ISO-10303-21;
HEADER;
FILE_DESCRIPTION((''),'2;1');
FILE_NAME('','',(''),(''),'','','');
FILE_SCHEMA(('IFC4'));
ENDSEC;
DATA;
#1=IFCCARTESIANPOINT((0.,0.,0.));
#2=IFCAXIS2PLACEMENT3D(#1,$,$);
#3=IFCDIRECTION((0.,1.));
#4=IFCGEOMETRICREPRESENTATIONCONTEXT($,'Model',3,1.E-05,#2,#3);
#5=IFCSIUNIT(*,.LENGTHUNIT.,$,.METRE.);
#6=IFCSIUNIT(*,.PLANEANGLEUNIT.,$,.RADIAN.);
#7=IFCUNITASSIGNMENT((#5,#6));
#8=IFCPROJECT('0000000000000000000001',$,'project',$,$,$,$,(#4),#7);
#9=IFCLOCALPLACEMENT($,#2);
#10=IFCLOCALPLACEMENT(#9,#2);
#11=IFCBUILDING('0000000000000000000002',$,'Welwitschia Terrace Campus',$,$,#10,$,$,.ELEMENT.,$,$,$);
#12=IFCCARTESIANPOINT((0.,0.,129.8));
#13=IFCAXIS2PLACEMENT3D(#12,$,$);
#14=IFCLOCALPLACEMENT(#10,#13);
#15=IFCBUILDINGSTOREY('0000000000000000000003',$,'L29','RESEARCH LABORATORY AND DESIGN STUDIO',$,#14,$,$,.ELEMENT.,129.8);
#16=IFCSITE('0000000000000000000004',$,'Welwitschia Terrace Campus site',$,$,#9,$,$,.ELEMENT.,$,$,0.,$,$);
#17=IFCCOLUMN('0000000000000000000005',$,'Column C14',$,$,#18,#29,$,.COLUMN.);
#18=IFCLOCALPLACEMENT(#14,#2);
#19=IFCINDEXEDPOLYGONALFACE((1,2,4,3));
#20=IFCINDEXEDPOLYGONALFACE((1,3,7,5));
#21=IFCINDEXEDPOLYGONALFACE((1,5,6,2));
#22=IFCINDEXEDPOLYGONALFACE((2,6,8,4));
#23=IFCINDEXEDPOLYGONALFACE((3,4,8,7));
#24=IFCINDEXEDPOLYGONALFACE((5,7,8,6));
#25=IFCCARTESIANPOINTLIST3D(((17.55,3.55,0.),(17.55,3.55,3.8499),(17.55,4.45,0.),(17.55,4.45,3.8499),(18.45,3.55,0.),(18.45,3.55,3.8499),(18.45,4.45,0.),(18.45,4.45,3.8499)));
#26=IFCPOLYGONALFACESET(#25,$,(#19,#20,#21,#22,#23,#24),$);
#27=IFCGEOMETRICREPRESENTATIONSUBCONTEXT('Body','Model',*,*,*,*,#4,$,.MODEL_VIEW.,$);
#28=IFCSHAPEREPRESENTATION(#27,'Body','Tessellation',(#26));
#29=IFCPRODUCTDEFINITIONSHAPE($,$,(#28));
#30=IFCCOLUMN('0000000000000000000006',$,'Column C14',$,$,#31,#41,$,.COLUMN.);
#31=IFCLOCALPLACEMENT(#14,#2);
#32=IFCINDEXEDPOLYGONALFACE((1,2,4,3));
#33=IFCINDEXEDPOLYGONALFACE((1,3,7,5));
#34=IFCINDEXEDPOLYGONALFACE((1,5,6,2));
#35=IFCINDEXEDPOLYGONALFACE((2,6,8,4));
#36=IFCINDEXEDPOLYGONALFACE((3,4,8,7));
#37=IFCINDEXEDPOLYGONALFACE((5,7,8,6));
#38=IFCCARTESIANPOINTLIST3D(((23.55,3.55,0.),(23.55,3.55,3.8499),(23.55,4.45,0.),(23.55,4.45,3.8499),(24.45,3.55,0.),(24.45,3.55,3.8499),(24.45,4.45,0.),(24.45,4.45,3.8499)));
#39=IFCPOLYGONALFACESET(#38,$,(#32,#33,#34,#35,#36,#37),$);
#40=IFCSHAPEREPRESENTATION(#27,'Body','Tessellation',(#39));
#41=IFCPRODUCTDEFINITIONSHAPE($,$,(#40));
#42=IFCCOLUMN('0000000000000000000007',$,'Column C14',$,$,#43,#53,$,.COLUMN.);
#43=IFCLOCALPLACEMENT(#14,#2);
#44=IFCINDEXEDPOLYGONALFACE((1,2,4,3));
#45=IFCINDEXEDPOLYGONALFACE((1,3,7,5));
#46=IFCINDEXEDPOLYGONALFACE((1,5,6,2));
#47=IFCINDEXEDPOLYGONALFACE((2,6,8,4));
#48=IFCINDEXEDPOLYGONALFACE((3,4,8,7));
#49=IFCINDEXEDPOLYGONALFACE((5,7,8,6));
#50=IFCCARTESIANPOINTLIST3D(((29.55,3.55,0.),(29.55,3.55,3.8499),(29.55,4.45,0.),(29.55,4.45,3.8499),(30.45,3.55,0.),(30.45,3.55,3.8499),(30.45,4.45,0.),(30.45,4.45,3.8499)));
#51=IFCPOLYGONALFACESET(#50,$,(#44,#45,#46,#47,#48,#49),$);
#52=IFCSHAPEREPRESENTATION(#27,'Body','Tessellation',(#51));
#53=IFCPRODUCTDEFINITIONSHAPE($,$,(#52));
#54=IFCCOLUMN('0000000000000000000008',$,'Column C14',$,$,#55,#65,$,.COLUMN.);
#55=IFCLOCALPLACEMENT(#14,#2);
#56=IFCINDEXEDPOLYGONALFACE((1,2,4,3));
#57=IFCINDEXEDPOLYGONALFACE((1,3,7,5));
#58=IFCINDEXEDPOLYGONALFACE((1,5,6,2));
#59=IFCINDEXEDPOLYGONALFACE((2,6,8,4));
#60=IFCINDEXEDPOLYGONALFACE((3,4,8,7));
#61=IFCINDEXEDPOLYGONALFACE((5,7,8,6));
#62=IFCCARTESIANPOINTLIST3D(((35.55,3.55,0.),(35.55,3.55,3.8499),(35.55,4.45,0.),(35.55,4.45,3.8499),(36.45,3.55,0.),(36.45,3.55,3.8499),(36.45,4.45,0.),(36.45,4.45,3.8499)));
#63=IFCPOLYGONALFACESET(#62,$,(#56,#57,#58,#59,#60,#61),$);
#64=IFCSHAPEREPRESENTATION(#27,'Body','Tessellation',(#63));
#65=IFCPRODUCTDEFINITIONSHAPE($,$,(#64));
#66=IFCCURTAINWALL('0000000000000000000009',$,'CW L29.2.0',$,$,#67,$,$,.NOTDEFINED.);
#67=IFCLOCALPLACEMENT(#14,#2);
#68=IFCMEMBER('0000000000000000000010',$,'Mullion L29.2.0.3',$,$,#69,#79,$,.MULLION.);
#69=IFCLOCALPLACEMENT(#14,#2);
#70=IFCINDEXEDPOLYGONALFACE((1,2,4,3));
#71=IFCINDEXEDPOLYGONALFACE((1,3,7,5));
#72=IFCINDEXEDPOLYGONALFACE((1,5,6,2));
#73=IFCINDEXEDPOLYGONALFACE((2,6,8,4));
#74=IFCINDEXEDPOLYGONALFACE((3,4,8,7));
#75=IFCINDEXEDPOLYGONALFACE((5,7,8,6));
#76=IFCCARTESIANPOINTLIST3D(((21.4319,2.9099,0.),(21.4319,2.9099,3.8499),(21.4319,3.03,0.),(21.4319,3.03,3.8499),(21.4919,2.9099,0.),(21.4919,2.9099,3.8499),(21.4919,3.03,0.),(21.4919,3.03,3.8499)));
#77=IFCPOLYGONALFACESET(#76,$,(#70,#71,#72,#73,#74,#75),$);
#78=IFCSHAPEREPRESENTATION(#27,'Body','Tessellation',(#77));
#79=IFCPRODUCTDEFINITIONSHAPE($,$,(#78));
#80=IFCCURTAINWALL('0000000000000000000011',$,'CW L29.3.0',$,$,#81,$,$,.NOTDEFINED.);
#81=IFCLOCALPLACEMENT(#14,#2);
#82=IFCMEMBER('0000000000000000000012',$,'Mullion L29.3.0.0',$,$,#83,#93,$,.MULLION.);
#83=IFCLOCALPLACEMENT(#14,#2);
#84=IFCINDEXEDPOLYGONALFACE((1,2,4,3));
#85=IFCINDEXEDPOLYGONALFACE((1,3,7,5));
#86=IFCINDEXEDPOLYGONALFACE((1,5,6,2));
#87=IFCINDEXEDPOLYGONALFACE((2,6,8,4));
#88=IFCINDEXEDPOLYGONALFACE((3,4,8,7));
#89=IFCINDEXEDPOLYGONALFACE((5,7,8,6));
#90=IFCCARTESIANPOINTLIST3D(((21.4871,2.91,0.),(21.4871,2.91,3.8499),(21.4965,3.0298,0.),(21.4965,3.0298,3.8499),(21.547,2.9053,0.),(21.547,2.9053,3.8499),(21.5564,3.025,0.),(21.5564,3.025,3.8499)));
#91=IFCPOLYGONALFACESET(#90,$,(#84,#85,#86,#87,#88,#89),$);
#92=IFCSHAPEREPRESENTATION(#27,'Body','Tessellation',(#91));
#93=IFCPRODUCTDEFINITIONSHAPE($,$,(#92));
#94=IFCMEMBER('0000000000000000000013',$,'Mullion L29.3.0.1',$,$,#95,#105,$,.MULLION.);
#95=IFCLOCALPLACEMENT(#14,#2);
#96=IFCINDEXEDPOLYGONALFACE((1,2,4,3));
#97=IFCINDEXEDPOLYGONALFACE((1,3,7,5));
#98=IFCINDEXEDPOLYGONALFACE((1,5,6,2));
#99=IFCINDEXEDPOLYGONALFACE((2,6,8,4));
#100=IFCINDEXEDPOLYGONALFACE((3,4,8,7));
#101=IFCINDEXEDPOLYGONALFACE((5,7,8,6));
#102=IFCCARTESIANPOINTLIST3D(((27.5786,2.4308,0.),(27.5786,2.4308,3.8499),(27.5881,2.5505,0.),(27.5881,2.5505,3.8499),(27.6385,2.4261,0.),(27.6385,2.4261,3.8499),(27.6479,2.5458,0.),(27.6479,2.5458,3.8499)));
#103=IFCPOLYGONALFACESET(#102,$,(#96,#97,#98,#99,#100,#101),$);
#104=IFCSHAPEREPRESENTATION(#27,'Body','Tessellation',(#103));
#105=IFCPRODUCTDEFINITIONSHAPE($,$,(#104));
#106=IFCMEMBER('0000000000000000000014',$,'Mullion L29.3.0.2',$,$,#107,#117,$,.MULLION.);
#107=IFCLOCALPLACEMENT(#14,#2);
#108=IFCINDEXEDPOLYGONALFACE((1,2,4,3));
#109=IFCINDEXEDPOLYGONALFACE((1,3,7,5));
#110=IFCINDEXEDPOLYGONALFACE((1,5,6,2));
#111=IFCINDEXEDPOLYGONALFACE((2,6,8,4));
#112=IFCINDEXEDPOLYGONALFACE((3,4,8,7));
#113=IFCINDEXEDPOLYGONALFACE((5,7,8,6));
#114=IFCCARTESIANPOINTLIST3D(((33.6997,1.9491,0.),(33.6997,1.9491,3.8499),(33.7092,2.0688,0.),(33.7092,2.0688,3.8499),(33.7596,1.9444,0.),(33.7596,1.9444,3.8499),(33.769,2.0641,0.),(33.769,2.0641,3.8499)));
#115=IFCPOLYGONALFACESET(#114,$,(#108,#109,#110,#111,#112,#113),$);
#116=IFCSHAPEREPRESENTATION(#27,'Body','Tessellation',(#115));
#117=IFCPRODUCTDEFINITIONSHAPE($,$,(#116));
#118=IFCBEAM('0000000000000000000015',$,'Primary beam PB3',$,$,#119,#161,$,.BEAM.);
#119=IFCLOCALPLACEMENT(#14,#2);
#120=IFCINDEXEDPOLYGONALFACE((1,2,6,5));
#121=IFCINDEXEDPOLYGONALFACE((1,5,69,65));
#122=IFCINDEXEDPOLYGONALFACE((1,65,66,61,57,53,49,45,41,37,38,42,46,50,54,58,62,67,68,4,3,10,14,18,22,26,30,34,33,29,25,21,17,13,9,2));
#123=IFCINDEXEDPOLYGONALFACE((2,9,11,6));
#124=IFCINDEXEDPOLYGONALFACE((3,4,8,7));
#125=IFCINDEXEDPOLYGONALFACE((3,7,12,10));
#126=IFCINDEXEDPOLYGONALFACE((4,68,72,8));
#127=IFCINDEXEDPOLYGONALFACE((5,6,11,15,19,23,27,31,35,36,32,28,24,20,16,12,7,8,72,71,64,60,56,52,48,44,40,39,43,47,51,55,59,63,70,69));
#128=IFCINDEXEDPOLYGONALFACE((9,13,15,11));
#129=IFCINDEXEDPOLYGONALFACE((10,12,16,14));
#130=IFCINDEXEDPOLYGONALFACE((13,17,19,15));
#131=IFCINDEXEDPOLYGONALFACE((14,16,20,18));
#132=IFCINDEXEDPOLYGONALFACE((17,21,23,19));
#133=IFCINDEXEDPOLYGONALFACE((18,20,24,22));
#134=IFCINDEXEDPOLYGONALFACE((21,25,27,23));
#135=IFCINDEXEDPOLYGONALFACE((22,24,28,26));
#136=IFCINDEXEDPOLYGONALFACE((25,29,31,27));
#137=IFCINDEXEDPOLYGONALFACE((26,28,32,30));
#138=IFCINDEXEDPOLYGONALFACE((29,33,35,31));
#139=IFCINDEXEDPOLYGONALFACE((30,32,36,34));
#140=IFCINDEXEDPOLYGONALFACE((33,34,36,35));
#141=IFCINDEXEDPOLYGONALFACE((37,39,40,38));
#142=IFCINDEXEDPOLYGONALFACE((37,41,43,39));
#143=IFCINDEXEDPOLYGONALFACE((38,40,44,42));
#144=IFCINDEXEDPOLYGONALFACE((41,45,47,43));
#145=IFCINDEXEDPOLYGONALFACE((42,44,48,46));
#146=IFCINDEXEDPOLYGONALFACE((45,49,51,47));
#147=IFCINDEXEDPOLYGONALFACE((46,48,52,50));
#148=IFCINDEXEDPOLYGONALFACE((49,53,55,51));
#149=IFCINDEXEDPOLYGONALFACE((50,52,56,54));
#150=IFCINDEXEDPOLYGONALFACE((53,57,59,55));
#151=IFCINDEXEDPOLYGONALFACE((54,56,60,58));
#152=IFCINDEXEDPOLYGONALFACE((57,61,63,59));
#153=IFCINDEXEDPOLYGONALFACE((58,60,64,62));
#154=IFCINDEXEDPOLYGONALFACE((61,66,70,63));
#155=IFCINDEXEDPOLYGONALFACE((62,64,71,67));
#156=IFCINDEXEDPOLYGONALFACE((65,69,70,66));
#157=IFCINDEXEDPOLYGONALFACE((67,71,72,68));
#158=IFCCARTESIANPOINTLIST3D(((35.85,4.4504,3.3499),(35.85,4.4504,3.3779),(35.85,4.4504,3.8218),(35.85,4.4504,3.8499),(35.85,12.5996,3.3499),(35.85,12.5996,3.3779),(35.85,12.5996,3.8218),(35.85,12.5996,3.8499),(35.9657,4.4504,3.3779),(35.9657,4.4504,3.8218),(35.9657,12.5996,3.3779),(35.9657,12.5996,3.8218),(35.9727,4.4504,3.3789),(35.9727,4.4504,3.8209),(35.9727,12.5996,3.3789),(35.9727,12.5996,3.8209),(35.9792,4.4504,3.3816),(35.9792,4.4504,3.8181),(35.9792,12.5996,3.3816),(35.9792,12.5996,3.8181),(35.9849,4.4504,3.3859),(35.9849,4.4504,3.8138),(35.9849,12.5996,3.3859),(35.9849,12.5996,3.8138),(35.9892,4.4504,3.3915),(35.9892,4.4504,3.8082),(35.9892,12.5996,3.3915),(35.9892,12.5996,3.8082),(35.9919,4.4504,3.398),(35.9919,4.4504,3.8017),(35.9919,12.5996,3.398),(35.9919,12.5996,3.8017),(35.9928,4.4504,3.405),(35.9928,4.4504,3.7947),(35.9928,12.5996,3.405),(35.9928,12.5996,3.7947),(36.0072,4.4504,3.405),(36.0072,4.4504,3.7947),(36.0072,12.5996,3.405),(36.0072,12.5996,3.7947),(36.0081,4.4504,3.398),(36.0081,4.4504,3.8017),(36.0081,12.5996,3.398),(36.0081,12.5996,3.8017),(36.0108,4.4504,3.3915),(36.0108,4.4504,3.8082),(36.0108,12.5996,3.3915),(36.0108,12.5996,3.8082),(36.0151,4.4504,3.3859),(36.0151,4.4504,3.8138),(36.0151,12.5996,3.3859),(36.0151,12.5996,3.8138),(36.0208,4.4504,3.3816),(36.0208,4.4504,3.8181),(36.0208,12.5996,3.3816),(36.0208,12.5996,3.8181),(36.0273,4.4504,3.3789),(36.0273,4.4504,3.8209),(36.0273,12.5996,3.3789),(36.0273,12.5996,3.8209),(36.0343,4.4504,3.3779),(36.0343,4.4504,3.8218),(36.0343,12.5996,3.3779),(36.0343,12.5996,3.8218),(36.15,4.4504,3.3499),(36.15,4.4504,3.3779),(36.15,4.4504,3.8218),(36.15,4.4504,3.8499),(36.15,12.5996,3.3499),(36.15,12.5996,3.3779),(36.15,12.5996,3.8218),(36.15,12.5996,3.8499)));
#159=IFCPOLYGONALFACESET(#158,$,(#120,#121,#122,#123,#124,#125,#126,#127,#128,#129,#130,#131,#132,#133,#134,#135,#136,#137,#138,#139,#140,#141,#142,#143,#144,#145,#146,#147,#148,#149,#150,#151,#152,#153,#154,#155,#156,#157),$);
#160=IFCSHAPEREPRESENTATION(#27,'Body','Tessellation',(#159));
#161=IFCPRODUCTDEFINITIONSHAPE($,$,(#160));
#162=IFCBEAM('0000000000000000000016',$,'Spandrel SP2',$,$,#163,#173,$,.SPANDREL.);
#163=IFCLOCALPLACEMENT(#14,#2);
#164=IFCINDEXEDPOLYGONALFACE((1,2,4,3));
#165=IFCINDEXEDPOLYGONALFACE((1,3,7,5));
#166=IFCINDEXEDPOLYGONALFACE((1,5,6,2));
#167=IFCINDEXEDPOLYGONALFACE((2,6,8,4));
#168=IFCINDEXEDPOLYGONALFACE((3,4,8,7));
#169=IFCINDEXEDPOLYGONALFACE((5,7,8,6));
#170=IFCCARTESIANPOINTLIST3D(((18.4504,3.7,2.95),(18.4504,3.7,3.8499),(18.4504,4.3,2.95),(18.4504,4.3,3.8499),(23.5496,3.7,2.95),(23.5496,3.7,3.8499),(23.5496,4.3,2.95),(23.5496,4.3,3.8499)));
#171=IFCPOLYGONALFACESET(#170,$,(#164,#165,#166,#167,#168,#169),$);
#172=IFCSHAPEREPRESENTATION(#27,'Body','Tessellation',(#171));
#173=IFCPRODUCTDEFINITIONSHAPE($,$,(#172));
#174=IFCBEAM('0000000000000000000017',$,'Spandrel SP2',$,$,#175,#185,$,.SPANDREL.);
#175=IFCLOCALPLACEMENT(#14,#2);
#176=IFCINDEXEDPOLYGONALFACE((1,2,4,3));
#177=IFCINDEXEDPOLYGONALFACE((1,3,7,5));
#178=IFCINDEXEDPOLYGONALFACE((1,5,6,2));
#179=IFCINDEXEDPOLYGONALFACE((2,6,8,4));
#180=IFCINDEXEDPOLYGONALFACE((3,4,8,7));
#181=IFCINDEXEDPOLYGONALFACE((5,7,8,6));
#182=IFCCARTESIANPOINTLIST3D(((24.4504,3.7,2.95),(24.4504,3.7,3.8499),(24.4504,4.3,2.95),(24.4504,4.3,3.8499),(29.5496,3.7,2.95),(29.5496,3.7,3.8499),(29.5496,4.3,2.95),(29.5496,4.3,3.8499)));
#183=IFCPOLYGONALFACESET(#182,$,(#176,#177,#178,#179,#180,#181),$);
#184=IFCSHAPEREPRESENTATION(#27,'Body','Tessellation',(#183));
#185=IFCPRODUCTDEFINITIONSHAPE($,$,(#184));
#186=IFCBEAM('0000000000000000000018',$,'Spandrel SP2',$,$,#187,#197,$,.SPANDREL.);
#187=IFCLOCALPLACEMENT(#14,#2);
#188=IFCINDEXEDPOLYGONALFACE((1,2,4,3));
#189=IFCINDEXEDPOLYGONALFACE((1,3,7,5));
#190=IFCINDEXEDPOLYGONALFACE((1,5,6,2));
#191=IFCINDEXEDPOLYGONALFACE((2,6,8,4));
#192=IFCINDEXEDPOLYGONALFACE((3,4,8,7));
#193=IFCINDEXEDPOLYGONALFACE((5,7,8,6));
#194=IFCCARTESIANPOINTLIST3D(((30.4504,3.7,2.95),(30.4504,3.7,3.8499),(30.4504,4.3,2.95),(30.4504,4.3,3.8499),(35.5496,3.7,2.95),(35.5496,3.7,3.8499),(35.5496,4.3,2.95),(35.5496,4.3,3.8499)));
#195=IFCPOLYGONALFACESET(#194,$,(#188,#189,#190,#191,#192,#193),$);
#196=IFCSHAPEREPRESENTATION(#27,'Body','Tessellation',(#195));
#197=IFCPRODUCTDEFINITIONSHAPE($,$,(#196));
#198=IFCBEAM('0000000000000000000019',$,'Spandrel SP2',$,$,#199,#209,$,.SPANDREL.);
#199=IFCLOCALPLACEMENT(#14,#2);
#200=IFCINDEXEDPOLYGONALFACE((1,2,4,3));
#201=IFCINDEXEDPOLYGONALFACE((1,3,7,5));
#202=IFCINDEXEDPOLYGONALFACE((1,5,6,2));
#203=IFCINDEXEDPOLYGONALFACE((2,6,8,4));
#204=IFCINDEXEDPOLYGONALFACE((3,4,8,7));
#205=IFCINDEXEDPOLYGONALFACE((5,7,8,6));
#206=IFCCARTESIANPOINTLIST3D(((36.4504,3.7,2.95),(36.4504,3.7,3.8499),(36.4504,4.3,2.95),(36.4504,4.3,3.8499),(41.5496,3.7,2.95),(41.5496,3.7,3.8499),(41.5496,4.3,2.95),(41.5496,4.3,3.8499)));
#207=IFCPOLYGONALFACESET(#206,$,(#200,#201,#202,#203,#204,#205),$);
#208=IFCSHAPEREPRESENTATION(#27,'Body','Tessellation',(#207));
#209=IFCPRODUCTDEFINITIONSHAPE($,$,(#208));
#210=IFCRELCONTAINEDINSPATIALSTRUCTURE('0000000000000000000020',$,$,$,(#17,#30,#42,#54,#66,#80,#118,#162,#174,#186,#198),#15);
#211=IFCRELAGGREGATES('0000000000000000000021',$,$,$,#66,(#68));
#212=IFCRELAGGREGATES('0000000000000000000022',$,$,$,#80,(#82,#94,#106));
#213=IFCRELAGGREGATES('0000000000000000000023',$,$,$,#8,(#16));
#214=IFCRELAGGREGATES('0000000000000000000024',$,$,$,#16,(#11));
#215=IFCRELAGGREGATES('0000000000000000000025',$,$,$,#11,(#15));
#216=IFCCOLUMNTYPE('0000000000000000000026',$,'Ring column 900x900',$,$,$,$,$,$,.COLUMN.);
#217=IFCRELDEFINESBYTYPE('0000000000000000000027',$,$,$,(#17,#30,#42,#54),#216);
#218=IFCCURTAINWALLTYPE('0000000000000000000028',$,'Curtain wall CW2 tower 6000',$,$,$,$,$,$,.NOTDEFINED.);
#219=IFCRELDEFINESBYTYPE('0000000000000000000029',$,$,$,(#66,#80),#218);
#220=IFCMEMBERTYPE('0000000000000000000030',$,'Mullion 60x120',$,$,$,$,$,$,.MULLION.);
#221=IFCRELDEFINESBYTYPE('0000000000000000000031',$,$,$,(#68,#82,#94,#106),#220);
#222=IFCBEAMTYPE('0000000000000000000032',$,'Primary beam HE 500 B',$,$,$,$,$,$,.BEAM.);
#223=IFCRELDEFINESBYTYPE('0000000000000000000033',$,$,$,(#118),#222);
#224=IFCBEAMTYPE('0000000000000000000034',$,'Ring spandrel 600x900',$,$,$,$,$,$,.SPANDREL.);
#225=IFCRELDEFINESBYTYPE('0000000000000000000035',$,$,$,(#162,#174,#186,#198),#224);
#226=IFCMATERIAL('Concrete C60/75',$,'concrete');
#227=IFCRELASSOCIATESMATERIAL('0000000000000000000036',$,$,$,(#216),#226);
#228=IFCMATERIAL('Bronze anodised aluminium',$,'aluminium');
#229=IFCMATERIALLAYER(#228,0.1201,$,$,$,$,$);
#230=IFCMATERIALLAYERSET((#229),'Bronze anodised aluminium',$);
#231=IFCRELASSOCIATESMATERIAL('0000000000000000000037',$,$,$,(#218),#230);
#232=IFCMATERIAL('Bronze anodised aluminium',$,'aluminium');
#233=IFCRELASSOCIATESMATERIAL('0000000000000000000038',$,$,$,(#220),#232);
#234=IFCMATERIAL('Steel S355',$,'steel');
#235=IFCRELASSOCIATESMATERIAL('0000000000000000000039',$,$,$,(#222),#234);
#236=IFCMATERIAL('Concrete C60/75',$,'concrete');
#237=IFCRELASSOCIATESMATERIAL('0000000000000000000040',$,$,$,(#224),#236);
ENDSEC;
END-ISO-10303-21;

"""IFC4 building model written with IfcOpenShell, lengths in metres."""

from ifc_helpers import new_model, si_unit, direction, frame, origin, origin_2d, place, context, subcontext, project, spatial, rectangle, i_section, extrude, material, layer, layer_set, material_profile, profile_set, type_object, element, aggregate, save


model = new_model("IFC4")

# Units and contexts
model_context = context("Model", 3, precision=1e-05, world=origin(), true_north=direction((0.0, 1.0)))
body_context = subcontext(model_context, "Body", "Model", "MODEL_VIEW")
ifc_project = project(units=[si_unit("LENGTHUNIT", "METRE"), si_unit("PLANEANGLEUNIT", "RADIAN")], contexts=[model_context])

# Site, building, storey
site_placement = place(None, origin())
site = spatial("IfcSite", under=ifc_project, at=site_placement, Name="Welwitschia Terrace Campus site", CompositionType="ELEMENT", RefElevation=0.0)
building_placement = place(site_placement, origin())
building = spatial("IfcBuilding", under=site, at=building_placement, Name="Welwitschia Terrace Campus", CompositionType="ELEMENT")
storey_placement = place(building_placement, frame((0.0, 0.0, 129.8)))
storey = spatial("IfcBuildingStorey", under=building, at=storey_placement, Name="L29", Description="RESEARCH LABORATORY AND DESIGN STUDIO", CompositionType="ELEMENT", Elevation=129.8)

# Columns
ifc_material_1 = material(Name="Concrete C60/75", Category="concrete")
ifc_material_profile_1 = material_profile(ifc_material_1, rectangle(XDim=0.8999, YDim=0.8999, at=origin_2d()))
ifc_profile_set_1 = profile_set([ifc_material_profile_1], Name="Concrete C60/75")
column_type = type_object("IfcColumnType", Name="Ring column 900x900", PredefinedType="COLUMN", material=ifc_profile_set_1)
for number, where, z_axis, x_axis, name in (
    (1, (18.0, 4.0, 0.0), (0.0, 0.0, 1.0), (1.0, 0.0, 0.0), "Column C14"),
    (2, (24.0, 4.0, 0.0), (0.0, 0.0, 1.0), (1.0, 0.0, 0.0), "Column C14"),
    (3, (30.0, 4.0, 0.0), (0.0, 0.0, 1.0), (1.0, 0.0, 0.0), "Column C14"),
    (4, (36.0, 4.0, 0.0), (0.0, 0.0, 1.0), (1.0, 0.0, 0.0), "Column C14"),
):
    element("IfcColumn", number, at=place(storey_placement, frame(where, z_axis=z_axis, x_axis=x_axis)), inside=storey, type_object=column_type, Name=name, PredefinedType="COLUMN", context=body_context, shape_type="SweptSolid", body=[
        extrude(rectangle(XDim=0.8999, YDim=0.8999, at=origin_2d()), origin(), (0.0, 0.0, 1.0), 3.8499),
    ])

# Curtain wall, member
ifc_material_2 = material(Name="Bronze anodised aluminium", Category="aluminium")
ifc_layer_1 = layer(ifc_material_2, 0.1201)
ifc_layer_set_1 = layer_set([ifc_layer_1], Name="Bronze anodised aluminium")
curtain_wall_type = type_object("IfcCurtainWallType", Name="Curtain wall CW2 tower 6000", PredefinedType="NOTDEFINED", material=ifc_layer_set_1)
curtain_wall_1_placement = place(storey_placement, origin())
curtain_wall_1 = element("IfcCurtainWall", 5, at=curtain_wall_1_placement, inside=storey, type_object=curtain_wall_type, Name="CW L29.2.0", PredefinedType="NOTDEFINED")
ifc_material_3 = material(Name="Bronze anodised aluminium", Category="aluminium")
ifc_material_profile_2 = material_profile(ifc_material_3, rectangle(XDim=0.1201, YDim=0.0601, at=origin_2d()))
ifc_profile_set_2 = profile_set([ifc_material_profile_2], Name="Bronze anodised aluminium")
member_type_1 = type_object("IfcMemberType", Name="Mullion 60x120", PredefinedType="MULLION", material=ifc_profile_set_2)
member_1_placement = place(storey_placement, frame((21.4619, 2.97, 0.0), z_axis=(0.0, 0.0, 1.0), x_axis=(0.0, 1.0, 0.0)))
member_1 = element("IfcMember", 6, at=member_1_placement, type_object=member_type_1, Name="Mullion L29.2.0.3", PredefinedType="MULLION", context=body_context, shape_type="SweptSolid", body=[
    extrude(rectangle(XDim=0.1201, YDim=0.0601, at=origin_2d()), origin(), (0.0, 0.0, 1.0), 3.8499),
])

# Curtain wall, members
curtain_wall_2_placement = place(storey_placement, origin())
curtain_wall_2 = element("IfcCurtainWall", 7, at=curtain_wall_2_placement, inside=storey, type_object=curtain_wall_type, Name="CW L29.3.0", PredefinedType="NOTDEFINED")
member_2_placement = place(storey_placement, frame((21.5217, 2.9675, 0.0), z_axis=(0.0, 0.0, 1.0), x_axis=(0.078459, 0.996917, 0.0)))
member_2 = element("IfcMember", 8, at=member_2_placement, type_object=member_type_1, Name="Mullion L29.3.0.0", PredefinedType="MULLION", context=body_context, shape_type="SweptSolid", body=[
    extrude(rectangle(XDim=0.1201, YDim=0.0601, at=origin_2d()), origin(), (0.0, 0.0, 1.0), 3.8499),
])
member_3_placement = place(storey_placement, frame((27.6133, 2.4883, 0.0), z_axis=(0.0, 0.0, 1.0), x_axis=(0.078459, 0.996917, 0.0)))
member_3 = element("IfcMember", 9, at=member_3_placement, type_object=member_type_1, Name="Mullion L29.3.0.1", PredefinedType="MULLION", context=body_context, shape_type="SweptSolid", body=[
    extrude(rectangle(XDim=0.1201, YDim=0.0601, at=origin_2d()), origin(), (0.0, 0.0, 1.0), 3.8499),
])
member_4_placement = place(storey_placement, frame((33.7344, 2.0066, 0.0), z_axis=(0.0, 0.0, 1.0), x_axis=(0.078459, 0.996917, 0.0)))
member_4 = element("IfcMember", 10, at=member_4_placement, type_object=member_type_1, Name="Mullion L29.3.0.2", PredefinedType="MULLION", context=body_context, shape_type="SweptSolid", body=[
    extrude(rectangle(XDim=0.1201, YDim=0.0601, at=origin_2d()), origin(), (0.0, 0.0, 1.0), 3.8499),
])

# Beams
ifc_material_4 = material(Name="Steel S355", Category="steel")
ifc_material_profile_3 = material_profile(ifc_material_4, i_section(OverallWidth=0.3, OverallDepth=0.5, WebThickness=0.0144, FlangeThickness=0.0281, FilletRadius=0.0271, at=origin_2d()))
ifc_profile_set_3 = profile_set([ifc_material_profile_3], Name="Steel S355")
beam_type_1 = type_object("IfcBeamType", Name="Primary beam HE 500 B", PredefinedType="BEAM", material=ifc_profile_set_3)
beam_placement = place(storey_placement, frame((36.0, 4.4504, 3.5999), z_axis=(0.0, 1.0, 0.0), x_axis=(-1.0, 0.0, 0.0)))
element("IfcBeam", 11, at=beam_placement, inside=storey, type_object=beam_type_1, Name="Primary beam PB3", PredefinedType="BEAM", context=body_context, shape_type="SweptSolid", body=[
    extrude(i_section(OverallWidth=0.3, OverallDepth=0.5, WebThickness=0.0144, FlangeThickness=0.0281, FilletRadius=0.0271, at=origin_2d()), origin(), (0.0, 0.0, 1.0), 8.1492),
])
ifc_material_5 = material(Name="Concrete C60/75", Category="concrete")
ifc_material_profile_4 = material_profile(ifc_material_5, rectangle(XDim=0.6001, YDim=0.8999, at=origin_2d()))
ifc_profile_set_4 = profile_set([ifc_material_profile_4], Name="Concrete C60/75")
beam_type_2 = type_object("IfcBeamType", Name="Ring spandrel 600x900", PredefinedType="SPANDREL", material=ifc_profile_set_4)
for number, where, z_axis, x_axis, name in (
    (12, (18.4504, 4.0, 3.3999), (1.0, 0.0, 0.0), (0.0, 1.0, 0.0), "Spandrel SP2"),
    (13, (24.4504, 4.0, 3.3999), (1.0, 0.0, 0.0), (0.0, 1.0, 0.0), "Spandrel SP2"),
    (14, (30.4504, 4.0, 3.3999), (1.0, 0.0, 0.0), (0.0, 1.0, 0.0), "Spandrel SP2"),
    (15, (36.4504, 4.0, 3.3999), (1.0, 0.0, 0.0), (0.0, 1.0, 0.0), "Spandrel SP2"),
):
    element("IfcBeam", number, at=place(storey_placement, frame(where, z_axis=z_axis, x_axis=x_axis)), inside=storey, type_object=beam_type_2, Name=name, PredefinedType="SPANDREL", context=body_context, shape_type="SweptSolid", body=[
        extrude(rectangle(XDim=0.6001, YDim=0.8999, at=origin_2d()), origin(), (0.0, 0.0, 1.0), 5.0991),
    ])

aggregate(curtain_wall_1, [member_1])
aggregate(curtain_wall_2, [member_2, member_3, member_4])

save(model, "model.ifc")
